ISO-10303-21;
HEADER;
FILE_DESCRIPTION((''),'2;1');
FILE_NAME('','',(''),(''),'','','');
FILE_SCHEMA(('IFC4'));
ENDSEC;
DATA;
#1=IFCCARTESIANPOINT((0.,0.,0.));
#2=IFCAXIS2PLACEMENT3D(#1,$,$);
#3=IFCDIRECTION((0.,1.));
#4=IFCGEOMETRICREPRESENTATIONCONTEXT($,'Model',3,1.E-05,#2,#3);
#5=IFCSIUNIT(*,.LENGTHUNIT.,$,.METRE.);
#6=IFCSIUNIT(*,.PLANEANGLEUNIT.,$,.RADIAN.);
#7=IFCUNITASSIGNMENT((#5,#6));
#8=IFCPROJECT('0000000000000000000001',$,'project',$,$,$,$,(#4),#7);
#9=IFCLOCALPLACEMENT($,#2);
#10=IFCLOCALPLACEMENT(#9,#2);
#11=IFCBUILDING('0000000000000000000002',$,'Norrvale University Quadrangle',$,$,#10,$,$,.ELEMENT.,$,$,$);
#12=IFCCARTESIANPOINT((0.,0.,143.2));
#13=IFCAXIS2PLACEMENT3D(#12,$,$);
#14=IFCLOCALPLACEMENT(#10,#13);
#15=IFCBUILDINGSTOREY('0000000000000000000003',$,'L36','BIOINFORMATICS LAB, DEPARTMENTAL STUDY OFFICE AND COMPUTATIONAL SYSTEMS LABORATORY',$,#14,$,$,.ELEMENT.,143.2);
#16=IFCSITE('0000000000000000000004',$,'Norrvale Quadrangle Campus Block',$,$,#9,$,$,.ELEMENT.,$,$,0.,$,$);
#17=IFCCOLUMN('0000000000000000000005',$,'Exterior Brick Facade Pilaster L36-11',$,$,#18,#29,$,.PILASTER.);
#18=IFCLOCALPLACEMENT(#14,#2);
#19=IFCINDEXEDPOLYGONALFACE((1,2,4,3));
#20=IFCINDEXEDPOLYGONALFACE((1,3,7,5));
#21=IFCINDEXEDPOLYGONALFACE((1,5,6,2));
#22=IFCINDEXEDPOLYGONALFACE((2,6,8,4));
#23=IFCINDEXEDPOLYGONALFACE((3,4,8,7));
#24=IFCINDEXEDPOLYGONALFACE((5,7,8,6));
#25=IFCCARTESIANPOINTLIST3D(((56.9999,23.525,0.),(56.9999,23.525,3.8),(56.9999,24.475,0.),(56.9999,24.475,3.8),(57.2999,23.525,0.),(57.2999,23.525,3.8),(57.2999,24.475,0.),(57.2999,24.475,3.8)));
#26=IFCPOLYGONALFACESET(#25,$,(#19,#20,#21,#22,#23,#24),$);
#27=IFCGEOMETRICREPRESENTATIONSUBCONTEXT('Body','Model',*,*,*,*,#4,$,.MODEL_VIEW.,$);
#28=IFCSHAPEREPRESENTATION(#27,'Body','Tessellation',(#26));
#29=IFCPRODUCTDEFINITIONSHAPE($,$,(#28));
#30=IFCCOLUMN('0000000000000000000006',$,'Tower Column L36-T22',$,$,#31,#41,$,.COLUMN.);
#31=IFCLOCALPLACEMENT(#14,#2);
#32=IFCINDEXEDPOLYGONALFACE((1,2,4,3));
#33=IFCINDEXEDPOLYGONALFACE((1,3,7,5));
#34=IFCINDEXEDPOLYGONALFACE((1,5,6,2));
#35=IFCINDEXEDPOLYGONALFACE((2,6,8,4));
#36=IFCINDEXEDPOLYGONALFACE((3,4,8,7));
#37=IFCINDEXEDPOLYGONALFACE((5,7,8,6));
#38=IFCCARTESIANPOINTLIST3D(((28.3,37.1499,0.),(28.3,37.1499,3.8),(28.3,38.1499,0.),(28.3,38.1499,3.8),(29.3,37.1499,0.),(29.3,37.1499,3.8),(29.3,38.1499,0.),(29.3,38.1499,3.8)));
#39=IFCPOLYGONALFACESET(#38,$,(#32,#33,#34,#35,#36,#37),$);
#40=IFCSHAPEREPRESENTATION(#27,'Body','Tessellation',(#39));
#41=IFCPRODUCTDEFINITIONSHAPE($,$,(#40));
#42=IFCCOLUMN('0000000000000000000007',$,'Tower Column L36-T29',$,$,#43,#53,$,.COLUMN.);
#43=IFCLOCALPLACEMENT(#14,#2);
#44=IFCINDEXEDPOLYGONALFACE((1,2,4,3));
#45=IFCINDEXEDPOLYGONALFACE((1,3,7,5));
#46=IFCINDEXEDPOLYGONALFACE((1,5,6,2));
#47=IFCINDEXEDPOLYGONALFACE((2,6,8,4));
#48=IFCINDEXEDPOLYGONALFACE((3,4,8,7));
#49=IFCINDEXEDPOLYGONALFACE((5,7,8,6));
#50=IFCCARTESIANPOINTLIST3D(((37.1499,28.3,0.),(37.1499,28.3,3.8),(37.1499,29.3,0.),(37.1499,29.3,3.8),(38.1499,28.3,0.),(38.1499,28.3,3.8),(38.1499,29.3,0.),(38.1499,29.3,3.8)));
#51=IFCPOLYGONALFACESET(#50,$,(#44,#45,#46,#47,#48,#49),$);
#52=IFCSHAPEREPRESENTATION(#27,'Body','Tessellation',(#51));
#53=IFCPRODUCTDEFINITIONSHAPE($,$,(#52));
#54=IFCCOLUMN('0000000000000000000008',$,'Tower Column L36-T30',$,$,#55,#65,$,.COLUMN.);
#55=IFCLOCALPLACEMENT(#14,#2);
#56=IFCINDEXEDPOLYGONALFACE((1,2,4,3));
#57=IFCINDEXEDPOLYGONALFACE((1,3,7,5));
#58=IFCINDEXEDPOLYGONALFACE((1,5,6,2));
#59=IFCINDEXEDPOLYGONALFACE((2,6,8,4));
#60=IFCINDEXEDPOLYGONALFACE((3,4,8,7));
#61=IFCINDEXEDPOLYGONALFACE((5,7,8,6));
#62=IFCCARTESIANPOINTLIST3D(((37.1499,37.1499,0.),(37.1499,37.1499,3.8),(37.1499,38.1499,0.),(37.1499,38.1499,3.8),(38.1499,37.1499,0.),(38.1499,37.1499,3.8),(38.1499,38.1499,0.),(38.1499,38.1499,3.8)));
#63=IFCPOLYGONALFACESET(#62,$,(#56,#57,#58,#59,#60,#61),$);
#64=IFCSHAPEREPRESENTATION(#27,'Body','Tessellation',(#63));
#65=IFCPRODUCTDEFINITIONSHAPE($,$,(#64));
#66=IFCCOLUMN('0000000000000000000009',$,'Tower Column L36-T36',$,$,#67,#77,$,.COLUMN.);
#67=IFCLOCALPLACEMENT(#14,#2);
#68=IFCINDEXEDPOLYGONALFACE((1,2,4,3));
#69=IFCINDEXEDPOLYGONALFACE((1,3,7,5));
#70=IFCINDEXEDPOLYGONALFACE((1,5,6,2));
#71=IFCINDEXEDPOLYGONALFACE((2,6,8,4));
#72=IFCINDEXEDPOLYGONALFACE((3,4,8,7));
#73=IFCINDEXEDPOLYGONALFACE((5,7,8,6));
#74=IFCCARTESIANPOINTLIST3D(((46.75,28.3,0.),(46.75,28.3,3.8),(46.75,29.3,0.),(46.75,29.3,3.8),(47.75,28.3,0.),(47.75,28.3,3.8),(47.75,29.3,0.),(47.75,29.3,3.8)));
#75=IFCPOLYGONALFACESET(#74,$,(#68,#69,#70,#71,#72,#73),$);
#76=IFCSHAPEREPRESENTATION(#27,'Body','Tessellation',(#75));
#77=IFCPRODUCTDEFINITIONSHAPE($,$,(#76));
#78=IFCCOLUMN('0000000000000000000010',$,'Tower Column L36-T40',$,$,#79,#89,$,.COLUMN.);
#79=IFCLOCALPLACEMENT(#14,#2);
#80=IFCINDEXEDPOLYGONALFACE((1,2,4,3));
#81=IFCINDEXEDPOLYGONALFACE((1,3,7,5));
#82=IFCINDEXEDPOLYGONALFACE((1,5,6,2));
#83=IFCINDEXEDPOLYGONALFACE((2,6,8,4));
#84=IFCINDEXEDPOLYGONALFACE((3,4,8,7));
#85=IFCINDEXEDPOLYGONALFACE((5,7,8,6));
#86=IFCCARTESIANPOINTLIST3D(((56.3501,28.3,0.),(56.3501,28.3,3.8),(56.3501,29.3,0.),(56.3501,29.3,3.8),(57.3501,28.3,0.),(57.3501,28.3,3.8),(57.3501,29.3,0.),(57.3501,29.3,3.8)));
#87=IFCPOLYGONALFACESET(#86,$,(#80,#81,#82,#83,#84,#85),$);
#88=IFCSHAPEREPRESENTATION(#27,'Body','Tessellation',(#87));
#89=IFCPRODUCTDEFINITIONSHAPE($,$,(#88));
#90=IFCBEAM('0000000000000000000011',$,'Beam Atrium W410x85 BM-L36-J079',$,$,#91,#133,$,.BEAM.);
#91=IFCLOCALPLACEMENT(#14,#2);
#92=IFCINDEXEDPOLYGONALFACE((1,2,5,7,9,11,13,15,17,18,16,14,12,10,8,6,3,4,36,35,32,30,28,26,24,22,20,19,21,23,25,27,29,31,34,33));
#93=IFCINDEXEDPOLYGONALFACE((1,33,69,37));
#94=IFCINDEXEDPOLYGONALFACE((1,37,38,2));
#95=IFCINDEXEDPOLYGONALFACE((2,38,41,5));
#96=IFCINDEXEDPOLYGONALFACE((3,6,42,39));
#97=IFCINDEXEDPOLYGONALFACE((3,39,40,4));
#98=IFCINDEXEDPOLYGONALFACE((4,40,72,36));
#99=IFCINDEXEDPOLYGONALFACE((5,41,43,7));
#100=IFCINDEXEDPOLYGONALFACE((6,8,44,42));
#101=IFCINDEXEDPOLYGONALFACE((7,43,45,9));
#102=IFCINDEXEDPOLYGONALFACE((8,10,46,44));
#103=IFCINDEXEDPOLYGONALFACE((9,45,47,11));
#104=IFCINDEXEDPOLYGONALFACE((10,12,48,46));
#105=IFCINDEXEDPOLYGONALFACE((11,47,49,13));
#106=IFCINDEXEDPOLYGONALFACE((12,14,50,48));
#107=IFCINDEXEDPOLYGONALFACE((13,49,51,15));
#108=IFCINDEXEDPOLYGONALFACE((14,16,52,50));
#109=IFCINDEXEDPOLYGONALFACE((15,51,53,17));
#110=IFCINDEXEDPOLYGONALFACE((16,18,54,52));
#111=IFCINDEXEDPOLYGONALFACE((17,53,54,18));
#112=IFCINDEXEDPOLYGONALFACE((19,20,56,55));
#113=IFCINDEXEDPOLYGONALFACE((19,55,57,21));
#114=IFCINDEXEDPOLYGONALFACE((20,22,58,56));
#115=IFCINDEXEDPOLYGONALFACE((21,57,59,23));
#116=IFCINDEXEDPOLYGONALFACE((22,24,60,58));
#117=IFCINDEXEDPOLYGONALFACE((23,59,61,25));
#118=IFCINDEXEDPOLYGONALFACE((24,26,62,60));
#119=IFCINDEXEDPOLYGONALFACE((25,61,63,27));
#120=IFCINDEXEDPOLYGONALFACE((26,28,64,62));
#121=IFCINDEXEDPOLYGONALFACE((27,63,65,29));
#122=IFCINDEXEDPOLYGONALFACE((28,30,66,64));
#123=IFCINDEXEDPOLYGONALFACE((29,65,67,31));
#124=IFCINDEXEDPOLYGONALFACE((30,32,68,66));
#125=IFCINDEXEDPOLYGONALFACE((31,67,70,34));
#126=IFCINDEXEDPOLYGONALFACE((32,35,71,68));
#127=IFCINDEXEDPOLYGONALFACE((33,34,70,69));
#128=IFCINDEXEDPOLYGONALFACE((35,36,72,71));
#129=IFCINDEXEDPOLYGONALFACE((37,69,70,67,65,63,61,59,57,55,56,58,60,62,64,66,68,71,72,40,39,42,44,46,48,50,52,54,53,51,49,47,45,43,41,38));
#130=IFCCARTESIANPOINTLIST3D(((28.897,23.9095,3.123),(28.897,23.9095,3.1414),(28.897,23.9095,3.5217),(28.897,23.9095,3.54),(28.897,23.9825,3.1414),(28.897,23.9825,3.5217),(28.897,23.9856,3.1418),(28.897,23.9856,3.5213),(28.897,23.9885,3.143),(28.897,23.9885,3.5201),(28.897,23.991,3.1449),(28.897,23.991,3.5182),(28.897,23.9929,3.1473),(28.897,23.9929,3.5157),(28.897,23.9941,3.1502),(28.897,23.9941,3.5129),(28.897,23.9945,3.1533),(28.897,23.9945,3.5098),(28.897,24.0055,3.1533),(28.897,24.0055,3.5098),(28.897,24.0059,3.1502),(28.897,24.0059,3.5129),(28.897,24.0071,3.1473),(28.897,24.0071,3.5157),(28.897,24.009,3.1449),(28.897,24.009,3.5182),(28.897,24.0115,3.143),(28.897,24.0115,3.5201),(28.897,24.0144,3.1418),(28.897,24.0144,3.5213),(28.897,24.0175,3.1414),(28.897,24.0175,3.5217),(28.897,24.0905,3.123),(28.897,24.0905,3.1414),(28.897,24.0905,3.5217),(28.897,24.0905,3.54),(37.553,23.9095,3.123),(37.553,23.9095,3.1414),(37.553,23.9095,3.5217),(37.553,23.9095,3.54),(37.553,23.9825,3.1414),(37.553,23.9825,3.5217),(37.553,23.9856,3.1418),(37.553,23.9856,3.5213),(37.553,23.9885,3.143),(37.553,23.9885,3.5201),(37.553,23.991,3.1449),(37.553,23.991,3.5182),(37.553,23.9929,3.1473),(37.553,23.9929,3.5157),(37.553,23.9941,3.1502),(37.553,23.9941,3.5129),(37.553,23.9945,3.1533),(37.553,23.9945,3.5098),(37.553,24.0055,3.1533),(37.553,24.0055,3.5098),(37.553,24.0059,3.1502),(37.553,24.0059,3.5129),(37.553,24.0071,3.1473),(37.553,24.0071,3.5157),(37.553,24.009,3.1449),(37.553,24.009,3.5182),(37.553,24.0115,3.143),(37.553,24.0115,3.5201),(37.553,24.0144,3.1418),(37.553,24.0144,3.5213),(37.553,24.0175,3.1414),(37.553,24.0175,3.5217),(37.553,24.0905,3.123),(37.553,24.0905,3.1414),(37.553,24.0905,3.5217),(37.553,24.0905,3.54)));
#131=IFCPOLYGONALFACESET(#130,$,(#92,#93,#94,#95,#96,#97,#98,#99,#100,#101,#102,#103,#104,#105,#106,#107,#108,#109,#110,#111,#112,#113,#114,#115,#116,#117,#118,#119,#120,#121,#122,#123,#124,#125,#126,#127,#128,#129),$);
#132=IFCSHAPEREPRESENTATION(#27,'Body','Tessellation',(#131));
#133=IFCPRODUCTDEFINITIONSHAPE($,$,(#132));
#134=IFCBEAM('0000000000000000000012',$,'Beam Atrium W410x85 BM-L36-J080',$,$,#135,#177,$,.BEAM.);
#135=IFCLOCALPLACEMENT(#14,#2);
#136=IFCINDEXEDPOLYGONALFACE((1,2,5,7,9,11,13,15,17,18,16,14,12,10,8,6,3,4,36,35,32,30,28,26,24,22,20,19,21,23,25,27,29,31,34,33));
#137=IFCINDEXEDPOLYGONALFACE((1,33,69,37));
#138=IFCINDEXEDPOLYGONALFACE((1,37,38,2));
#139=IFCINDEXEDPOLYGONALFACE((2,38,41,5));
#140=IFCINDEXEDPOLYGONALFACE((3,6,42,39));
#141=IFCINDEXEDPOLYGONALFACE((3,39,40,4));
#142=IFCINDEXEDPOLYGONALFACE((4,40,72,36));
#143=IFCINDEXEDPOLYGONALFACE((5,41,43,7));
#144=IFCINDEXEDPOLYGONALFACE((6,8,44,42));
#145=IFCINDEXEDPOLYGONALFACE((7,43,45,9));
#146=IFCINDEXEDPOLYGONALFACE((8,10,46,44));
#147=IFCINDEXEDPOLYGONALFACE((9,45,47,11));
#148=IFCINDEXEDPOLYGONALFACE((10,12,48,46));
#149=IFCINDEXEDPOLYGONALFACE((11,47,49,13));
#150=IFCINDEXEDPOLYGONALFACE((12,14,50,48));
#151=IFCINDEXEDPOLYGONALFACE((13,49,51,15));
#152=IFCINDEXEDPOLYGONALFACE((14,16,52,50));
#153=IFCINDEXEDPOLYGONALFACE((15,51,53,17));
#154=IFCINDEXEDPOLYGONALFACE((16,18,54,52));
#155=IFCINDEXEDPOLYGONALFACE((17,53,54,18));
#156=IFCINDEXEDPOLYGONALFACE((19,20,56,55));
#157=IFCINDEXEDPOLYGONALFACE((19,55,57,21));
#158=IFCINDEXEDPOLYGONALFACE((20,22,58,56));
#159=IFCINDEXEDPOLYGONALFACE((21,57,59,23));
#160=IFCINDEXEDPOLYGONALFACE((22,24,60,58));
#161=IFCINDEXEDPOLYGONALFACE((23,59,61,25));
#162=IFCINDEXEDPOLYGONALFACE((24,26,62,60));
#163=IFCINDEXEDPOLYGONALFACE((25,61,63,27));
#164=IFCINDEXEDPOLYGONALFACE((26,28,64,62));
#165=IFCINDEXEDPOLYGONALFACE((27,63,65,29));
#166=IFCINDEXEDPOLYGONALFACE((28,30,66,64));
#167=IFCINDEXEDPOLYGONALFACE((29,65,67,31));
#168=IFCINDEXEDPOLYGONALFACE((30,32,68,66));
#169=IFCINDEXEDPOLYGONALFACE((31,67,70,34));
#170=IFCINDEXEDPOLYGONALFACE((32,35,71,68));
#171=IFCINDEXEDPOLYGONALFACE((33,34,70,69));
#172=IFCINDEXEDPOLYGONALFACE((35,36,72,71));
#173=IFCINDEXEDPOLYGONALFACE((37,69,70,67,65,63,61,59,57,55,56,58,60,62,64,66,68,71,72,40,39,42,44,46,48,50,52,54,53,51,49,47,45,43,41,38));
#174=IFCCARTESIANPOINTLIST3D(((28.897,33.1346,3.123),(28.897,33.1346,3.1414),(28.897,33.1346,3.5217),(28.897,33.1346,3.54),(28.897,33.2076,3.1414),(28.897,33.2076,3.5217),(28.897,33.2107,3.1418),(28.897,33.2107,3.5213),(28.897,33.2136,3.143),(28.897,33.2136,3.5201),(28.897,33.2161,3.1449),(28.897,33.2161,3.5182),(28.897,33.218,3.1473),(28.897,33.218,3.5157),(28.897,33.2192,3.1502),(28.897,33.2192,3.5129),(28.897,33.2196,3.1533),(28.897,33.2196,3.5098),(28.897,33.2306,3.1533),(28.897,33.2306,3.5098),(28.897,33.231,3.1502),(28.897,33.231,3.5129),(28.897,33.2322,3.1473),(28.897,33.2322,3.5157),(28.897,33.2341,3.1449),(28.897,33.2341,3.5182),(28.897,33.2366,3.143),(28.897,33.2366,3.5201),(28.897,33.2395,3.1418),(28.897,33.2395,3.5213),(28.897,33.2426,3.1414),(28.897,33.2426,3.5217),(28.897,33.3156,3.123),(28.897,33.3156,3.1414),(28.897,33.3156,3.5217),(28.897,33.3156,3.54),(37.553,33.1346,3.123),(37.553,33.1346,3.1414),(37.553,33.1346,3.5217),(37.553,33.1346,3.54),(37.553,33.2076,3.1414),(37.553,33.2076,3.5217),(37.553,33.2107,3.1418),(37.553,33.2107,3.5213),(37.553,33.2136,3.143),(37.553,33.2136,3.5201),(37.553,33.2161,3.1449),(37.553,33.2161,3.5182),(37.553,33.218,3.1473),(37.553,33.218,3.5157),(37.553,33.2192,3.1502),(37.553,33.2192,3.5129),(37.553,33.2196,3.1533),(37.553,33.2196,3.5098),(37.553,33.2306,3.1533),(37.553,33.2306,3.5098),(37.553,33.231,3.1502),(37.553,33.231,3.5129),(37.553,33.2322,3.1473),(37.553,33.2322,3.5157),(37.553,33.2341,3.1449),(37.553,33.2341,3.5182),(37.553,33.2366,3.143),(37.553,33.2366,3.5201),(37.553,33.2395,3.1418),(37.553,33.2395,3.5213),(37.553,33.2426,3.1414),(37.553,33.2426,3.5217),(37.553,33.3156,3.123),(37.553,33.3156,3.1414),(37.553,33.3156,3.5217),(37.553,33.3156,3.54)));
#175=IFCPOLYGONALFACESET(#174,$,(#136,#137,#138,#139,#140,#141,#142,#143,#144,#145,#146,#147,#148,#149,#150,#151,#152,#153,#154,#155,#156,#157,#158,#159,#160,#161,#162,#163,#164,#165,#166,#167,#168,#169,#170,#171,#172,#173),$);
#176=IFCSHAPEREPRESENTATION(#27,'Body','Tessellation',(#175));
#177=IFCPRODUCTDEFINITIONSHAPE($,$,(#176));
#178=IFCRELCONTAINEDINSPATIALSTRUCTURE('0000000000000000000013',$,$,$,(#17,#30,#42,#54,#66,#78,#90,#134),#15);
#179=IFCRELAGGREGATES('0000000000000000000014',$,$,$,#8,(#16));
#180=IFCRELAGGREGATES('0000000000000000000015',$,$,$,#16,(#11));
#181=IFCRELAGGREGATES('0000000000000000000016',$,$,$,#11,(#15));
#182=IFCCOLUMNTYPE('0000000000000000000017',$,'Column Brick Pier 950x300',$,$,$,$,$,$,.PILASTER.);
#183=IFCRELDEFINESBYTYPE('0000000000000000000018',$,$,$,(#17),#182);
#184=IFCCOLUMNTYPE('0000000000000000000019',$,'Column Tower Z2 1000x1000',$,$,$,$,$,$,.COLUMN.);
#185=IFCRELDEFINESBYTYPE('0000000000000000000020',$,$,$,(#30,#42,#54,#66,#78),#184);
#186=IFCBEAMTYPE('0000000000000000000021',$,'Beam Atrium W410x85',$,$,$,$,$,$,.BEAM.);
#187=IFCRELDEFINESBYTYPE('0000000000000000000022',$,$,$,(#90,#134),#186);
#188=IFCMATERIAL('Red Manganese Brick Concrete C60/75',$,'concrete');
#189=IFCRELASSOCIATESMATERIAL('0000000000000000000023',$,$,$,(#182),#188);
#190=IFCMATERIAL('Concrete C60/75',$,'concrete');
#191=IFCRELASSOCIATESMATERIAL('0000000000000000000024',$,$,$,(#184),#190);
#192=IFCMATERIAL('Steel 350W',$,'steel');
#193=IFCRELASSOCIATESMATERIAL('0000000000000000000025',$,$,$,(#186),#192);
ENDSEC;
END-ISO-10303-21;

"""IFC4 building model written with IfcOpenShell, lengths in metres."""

from ifc_helpers import new_model, si_unit, direction, frame, origin, origin_2d, place, context, subcontext, project, spatial, rectangle, i_section, extrude, material, material_profile, profile_set, type_object, element, save


model = new_model("IFC4")

# Units and contexts
model_context = context("Model", 3, precision=1e-05, world=origin(), true_north=direction((0.0, 1.0)))
body_context = subcontext(model_context, "Body", "Model", "MODEL_VIEW")
ifc_project = project(units=[si_unit("LENGTHUNIT", "METRE"), si_unit("PLANEANGLEUNIT", "RADIAN")], contexts=[model_context])

# Site, building, storey
site_placement = place(None, origin())
site = spatial("IfcSite", under=ifc_project, at=site_placement, Name="Norrvale Quadrangle Campus Block", CompositionType="ELEMENT", RefElevation=0.0)
building_placement = place(site_placement, origin())
building = spatial("IfcBuilding", under=site, at=building_placement, Name="Norrvale University Quadrangle", CompositionType="ELEMENT")
storey_placement = place(building_placement, frame((0.0, 0.0, 143.2)))
storey = spatial("IfcBuildingStorey", under=building, at=storey_placement, Name="L36", Description="BIOINFORMATICS LAB, DEPARTMENTAL STUDY OFFICE AND COMPUTATIONAL SYSTEMS LABORATORY", CompositionType="ELEMENT", Elevation=143.2)

# Columns
ifc_material_1 = material(Name="Red Manganese Brick Concrete C60/75", Category="concrete")
ifc_material_profile_1 = material_profile(ifc_material_1, rectangle(XDim=0.95, YDim=0.3, at=origin_2d()), Name="Red Manganese Brick Concrete C60/75")
ifc_profile_set_1 = profile_set([ifc_material_profile_1], Name="Red Manganese Brick Concrete C60/75")
column_type_1 = type_object("IfcColumnType", Name="Column Brick Pier 950x300", PredefinedType="PILASTER", material=ifc_profile_set_1)
column_placement = place(storey_placement, frame((57.1499, 24.0, 0.0), z_axis=(0.0, 0.0, 1.0), x_axis=(0.0, 1.0, 0.0)))
element("IfcColumn", 1, at=column_placement, inside=storey, type_object=column_type_1, Name="Exterior Brick Facade Pilaster L36-11", PredefinedType="PILASTER", context=body_context, shape_type="SweptSolid", body=[
    extrude(rectangle(XDim=0.95, YDim=0.3, at=origin_2d()), origin(), (0.0, 0.0, 1.0), 3.8),
])
ifc_material_2 = material(Name="Concrete C60/75", Category="concrete")
ifc_material_profile_2 = material_profile(ifc_material_2, rectangle(XDim=1.0, YDim=1.0, at=origin_2d()), Name="Concrete C60/75")
ifc_profile_set_2 = profile_set([ifc_material_profile_2], Name="Concrete C60/75")
column_type_2 = type_object("IfcColumnType", Name="Column Tower Z2 1000x1000", PredefinedType="COLUMN", material=ifc_profile_set_2)
for number, where, z_axis, x_axis, name in (
    (2, (28.8, 37.6499, 0.0), (0.0, 0.0, 1.0), (1.0, 0.0, 0.0), "Tower Column L36-T22"),
    (3, (37.6499, 28.8, 0.0), (0.0, 0.0, 1.0), (1.0, 0.0, 0.0), "Tower Column L36-T29"),
    (4, (37.6499, 37.6499, 0.0), (0.0, 0.0, 1.0), (1.0, 0.0, 0.0), "Tower Column L36-T30"),
    (5, (47.25, 28.8, 0.0), (0.0, 0.0, 1.0), (1.0, 0.0, 0.0), "Tower Column L36-T36"),
    (6, (56.8501, 28.8, 0.0), (0.0, 0.0, 1.0), (1.0, 0.0, 0.0), "Tower Column L36-T40"),
):
    element("IfcColumn", number, at=place(storey_placement, frame(where, z_axis=z_axis, x_axis=x_axis)), inside=storey, type_object=column_type_2, Name=name, PredefinedType="COLUMN", context=body_context, shape_type="SweptSolid", body=[
        extrude(rectangle(XDim=1.0, YDim=1.0, at=origin_2d()), origin(), (0.0, 0.0, 1.0), 3.8),
    ])

# Beams
ifc_material_3 = material(Name="Steel 350W", Category="steel")
ifc_material_profile_3 = material_profile(ifc_material_3, i_section(OverallWidth=0.1809, OverallDepth=0.417, WebThickness=0.011, FlangeThickness=0.0183, FilletRadius=0.012, at=origin_2d()), Name="Steel 350W")
ifc_profile_set_3 = profile_set([ifc_material_profile_3], Name="Steel 350W")
beam_type_1 = type_object("IfcBeamType", Name="Beam Atrium W410x85", PredefinedType="BEAM", material=ifc_profile_set_3)
for number, where, z_axis, x_axis, name in (
    (7, (28.897, 24.0, 3.3315), (1.0, 0.0, 0.0), (0.0, 1.0, 0.0), "Beam Atrium W410x85 BM-L36-J079"),
    (8, (28.897, 33.2251, 3.3315), (1.0, 0.0, 0.0), (0.0, 1.0, 0.0), "Beam Atrium W410x85 BM-L36-J080"),
):
    element("IfcBeam", number, at=place(storey_placement, frame(where, z_axis=z_axis, x_axis=x_axis)), inside=storey, type_object=beam_type_1, Name=name, PredefinedType="BEAM", context=body_context, shape_type="SweptSolid", body=[
        extrude(i_section(OverallWidth=0.1809, OverallDepth=0.417, WebThickness=0.011, FlangeThickness=0.0183, FilletRadius=0.012, at=origin_2d()), origin(), (0.0, 0.0, 1.0), 8.656),
    ])

save(model, "model.ifc")
